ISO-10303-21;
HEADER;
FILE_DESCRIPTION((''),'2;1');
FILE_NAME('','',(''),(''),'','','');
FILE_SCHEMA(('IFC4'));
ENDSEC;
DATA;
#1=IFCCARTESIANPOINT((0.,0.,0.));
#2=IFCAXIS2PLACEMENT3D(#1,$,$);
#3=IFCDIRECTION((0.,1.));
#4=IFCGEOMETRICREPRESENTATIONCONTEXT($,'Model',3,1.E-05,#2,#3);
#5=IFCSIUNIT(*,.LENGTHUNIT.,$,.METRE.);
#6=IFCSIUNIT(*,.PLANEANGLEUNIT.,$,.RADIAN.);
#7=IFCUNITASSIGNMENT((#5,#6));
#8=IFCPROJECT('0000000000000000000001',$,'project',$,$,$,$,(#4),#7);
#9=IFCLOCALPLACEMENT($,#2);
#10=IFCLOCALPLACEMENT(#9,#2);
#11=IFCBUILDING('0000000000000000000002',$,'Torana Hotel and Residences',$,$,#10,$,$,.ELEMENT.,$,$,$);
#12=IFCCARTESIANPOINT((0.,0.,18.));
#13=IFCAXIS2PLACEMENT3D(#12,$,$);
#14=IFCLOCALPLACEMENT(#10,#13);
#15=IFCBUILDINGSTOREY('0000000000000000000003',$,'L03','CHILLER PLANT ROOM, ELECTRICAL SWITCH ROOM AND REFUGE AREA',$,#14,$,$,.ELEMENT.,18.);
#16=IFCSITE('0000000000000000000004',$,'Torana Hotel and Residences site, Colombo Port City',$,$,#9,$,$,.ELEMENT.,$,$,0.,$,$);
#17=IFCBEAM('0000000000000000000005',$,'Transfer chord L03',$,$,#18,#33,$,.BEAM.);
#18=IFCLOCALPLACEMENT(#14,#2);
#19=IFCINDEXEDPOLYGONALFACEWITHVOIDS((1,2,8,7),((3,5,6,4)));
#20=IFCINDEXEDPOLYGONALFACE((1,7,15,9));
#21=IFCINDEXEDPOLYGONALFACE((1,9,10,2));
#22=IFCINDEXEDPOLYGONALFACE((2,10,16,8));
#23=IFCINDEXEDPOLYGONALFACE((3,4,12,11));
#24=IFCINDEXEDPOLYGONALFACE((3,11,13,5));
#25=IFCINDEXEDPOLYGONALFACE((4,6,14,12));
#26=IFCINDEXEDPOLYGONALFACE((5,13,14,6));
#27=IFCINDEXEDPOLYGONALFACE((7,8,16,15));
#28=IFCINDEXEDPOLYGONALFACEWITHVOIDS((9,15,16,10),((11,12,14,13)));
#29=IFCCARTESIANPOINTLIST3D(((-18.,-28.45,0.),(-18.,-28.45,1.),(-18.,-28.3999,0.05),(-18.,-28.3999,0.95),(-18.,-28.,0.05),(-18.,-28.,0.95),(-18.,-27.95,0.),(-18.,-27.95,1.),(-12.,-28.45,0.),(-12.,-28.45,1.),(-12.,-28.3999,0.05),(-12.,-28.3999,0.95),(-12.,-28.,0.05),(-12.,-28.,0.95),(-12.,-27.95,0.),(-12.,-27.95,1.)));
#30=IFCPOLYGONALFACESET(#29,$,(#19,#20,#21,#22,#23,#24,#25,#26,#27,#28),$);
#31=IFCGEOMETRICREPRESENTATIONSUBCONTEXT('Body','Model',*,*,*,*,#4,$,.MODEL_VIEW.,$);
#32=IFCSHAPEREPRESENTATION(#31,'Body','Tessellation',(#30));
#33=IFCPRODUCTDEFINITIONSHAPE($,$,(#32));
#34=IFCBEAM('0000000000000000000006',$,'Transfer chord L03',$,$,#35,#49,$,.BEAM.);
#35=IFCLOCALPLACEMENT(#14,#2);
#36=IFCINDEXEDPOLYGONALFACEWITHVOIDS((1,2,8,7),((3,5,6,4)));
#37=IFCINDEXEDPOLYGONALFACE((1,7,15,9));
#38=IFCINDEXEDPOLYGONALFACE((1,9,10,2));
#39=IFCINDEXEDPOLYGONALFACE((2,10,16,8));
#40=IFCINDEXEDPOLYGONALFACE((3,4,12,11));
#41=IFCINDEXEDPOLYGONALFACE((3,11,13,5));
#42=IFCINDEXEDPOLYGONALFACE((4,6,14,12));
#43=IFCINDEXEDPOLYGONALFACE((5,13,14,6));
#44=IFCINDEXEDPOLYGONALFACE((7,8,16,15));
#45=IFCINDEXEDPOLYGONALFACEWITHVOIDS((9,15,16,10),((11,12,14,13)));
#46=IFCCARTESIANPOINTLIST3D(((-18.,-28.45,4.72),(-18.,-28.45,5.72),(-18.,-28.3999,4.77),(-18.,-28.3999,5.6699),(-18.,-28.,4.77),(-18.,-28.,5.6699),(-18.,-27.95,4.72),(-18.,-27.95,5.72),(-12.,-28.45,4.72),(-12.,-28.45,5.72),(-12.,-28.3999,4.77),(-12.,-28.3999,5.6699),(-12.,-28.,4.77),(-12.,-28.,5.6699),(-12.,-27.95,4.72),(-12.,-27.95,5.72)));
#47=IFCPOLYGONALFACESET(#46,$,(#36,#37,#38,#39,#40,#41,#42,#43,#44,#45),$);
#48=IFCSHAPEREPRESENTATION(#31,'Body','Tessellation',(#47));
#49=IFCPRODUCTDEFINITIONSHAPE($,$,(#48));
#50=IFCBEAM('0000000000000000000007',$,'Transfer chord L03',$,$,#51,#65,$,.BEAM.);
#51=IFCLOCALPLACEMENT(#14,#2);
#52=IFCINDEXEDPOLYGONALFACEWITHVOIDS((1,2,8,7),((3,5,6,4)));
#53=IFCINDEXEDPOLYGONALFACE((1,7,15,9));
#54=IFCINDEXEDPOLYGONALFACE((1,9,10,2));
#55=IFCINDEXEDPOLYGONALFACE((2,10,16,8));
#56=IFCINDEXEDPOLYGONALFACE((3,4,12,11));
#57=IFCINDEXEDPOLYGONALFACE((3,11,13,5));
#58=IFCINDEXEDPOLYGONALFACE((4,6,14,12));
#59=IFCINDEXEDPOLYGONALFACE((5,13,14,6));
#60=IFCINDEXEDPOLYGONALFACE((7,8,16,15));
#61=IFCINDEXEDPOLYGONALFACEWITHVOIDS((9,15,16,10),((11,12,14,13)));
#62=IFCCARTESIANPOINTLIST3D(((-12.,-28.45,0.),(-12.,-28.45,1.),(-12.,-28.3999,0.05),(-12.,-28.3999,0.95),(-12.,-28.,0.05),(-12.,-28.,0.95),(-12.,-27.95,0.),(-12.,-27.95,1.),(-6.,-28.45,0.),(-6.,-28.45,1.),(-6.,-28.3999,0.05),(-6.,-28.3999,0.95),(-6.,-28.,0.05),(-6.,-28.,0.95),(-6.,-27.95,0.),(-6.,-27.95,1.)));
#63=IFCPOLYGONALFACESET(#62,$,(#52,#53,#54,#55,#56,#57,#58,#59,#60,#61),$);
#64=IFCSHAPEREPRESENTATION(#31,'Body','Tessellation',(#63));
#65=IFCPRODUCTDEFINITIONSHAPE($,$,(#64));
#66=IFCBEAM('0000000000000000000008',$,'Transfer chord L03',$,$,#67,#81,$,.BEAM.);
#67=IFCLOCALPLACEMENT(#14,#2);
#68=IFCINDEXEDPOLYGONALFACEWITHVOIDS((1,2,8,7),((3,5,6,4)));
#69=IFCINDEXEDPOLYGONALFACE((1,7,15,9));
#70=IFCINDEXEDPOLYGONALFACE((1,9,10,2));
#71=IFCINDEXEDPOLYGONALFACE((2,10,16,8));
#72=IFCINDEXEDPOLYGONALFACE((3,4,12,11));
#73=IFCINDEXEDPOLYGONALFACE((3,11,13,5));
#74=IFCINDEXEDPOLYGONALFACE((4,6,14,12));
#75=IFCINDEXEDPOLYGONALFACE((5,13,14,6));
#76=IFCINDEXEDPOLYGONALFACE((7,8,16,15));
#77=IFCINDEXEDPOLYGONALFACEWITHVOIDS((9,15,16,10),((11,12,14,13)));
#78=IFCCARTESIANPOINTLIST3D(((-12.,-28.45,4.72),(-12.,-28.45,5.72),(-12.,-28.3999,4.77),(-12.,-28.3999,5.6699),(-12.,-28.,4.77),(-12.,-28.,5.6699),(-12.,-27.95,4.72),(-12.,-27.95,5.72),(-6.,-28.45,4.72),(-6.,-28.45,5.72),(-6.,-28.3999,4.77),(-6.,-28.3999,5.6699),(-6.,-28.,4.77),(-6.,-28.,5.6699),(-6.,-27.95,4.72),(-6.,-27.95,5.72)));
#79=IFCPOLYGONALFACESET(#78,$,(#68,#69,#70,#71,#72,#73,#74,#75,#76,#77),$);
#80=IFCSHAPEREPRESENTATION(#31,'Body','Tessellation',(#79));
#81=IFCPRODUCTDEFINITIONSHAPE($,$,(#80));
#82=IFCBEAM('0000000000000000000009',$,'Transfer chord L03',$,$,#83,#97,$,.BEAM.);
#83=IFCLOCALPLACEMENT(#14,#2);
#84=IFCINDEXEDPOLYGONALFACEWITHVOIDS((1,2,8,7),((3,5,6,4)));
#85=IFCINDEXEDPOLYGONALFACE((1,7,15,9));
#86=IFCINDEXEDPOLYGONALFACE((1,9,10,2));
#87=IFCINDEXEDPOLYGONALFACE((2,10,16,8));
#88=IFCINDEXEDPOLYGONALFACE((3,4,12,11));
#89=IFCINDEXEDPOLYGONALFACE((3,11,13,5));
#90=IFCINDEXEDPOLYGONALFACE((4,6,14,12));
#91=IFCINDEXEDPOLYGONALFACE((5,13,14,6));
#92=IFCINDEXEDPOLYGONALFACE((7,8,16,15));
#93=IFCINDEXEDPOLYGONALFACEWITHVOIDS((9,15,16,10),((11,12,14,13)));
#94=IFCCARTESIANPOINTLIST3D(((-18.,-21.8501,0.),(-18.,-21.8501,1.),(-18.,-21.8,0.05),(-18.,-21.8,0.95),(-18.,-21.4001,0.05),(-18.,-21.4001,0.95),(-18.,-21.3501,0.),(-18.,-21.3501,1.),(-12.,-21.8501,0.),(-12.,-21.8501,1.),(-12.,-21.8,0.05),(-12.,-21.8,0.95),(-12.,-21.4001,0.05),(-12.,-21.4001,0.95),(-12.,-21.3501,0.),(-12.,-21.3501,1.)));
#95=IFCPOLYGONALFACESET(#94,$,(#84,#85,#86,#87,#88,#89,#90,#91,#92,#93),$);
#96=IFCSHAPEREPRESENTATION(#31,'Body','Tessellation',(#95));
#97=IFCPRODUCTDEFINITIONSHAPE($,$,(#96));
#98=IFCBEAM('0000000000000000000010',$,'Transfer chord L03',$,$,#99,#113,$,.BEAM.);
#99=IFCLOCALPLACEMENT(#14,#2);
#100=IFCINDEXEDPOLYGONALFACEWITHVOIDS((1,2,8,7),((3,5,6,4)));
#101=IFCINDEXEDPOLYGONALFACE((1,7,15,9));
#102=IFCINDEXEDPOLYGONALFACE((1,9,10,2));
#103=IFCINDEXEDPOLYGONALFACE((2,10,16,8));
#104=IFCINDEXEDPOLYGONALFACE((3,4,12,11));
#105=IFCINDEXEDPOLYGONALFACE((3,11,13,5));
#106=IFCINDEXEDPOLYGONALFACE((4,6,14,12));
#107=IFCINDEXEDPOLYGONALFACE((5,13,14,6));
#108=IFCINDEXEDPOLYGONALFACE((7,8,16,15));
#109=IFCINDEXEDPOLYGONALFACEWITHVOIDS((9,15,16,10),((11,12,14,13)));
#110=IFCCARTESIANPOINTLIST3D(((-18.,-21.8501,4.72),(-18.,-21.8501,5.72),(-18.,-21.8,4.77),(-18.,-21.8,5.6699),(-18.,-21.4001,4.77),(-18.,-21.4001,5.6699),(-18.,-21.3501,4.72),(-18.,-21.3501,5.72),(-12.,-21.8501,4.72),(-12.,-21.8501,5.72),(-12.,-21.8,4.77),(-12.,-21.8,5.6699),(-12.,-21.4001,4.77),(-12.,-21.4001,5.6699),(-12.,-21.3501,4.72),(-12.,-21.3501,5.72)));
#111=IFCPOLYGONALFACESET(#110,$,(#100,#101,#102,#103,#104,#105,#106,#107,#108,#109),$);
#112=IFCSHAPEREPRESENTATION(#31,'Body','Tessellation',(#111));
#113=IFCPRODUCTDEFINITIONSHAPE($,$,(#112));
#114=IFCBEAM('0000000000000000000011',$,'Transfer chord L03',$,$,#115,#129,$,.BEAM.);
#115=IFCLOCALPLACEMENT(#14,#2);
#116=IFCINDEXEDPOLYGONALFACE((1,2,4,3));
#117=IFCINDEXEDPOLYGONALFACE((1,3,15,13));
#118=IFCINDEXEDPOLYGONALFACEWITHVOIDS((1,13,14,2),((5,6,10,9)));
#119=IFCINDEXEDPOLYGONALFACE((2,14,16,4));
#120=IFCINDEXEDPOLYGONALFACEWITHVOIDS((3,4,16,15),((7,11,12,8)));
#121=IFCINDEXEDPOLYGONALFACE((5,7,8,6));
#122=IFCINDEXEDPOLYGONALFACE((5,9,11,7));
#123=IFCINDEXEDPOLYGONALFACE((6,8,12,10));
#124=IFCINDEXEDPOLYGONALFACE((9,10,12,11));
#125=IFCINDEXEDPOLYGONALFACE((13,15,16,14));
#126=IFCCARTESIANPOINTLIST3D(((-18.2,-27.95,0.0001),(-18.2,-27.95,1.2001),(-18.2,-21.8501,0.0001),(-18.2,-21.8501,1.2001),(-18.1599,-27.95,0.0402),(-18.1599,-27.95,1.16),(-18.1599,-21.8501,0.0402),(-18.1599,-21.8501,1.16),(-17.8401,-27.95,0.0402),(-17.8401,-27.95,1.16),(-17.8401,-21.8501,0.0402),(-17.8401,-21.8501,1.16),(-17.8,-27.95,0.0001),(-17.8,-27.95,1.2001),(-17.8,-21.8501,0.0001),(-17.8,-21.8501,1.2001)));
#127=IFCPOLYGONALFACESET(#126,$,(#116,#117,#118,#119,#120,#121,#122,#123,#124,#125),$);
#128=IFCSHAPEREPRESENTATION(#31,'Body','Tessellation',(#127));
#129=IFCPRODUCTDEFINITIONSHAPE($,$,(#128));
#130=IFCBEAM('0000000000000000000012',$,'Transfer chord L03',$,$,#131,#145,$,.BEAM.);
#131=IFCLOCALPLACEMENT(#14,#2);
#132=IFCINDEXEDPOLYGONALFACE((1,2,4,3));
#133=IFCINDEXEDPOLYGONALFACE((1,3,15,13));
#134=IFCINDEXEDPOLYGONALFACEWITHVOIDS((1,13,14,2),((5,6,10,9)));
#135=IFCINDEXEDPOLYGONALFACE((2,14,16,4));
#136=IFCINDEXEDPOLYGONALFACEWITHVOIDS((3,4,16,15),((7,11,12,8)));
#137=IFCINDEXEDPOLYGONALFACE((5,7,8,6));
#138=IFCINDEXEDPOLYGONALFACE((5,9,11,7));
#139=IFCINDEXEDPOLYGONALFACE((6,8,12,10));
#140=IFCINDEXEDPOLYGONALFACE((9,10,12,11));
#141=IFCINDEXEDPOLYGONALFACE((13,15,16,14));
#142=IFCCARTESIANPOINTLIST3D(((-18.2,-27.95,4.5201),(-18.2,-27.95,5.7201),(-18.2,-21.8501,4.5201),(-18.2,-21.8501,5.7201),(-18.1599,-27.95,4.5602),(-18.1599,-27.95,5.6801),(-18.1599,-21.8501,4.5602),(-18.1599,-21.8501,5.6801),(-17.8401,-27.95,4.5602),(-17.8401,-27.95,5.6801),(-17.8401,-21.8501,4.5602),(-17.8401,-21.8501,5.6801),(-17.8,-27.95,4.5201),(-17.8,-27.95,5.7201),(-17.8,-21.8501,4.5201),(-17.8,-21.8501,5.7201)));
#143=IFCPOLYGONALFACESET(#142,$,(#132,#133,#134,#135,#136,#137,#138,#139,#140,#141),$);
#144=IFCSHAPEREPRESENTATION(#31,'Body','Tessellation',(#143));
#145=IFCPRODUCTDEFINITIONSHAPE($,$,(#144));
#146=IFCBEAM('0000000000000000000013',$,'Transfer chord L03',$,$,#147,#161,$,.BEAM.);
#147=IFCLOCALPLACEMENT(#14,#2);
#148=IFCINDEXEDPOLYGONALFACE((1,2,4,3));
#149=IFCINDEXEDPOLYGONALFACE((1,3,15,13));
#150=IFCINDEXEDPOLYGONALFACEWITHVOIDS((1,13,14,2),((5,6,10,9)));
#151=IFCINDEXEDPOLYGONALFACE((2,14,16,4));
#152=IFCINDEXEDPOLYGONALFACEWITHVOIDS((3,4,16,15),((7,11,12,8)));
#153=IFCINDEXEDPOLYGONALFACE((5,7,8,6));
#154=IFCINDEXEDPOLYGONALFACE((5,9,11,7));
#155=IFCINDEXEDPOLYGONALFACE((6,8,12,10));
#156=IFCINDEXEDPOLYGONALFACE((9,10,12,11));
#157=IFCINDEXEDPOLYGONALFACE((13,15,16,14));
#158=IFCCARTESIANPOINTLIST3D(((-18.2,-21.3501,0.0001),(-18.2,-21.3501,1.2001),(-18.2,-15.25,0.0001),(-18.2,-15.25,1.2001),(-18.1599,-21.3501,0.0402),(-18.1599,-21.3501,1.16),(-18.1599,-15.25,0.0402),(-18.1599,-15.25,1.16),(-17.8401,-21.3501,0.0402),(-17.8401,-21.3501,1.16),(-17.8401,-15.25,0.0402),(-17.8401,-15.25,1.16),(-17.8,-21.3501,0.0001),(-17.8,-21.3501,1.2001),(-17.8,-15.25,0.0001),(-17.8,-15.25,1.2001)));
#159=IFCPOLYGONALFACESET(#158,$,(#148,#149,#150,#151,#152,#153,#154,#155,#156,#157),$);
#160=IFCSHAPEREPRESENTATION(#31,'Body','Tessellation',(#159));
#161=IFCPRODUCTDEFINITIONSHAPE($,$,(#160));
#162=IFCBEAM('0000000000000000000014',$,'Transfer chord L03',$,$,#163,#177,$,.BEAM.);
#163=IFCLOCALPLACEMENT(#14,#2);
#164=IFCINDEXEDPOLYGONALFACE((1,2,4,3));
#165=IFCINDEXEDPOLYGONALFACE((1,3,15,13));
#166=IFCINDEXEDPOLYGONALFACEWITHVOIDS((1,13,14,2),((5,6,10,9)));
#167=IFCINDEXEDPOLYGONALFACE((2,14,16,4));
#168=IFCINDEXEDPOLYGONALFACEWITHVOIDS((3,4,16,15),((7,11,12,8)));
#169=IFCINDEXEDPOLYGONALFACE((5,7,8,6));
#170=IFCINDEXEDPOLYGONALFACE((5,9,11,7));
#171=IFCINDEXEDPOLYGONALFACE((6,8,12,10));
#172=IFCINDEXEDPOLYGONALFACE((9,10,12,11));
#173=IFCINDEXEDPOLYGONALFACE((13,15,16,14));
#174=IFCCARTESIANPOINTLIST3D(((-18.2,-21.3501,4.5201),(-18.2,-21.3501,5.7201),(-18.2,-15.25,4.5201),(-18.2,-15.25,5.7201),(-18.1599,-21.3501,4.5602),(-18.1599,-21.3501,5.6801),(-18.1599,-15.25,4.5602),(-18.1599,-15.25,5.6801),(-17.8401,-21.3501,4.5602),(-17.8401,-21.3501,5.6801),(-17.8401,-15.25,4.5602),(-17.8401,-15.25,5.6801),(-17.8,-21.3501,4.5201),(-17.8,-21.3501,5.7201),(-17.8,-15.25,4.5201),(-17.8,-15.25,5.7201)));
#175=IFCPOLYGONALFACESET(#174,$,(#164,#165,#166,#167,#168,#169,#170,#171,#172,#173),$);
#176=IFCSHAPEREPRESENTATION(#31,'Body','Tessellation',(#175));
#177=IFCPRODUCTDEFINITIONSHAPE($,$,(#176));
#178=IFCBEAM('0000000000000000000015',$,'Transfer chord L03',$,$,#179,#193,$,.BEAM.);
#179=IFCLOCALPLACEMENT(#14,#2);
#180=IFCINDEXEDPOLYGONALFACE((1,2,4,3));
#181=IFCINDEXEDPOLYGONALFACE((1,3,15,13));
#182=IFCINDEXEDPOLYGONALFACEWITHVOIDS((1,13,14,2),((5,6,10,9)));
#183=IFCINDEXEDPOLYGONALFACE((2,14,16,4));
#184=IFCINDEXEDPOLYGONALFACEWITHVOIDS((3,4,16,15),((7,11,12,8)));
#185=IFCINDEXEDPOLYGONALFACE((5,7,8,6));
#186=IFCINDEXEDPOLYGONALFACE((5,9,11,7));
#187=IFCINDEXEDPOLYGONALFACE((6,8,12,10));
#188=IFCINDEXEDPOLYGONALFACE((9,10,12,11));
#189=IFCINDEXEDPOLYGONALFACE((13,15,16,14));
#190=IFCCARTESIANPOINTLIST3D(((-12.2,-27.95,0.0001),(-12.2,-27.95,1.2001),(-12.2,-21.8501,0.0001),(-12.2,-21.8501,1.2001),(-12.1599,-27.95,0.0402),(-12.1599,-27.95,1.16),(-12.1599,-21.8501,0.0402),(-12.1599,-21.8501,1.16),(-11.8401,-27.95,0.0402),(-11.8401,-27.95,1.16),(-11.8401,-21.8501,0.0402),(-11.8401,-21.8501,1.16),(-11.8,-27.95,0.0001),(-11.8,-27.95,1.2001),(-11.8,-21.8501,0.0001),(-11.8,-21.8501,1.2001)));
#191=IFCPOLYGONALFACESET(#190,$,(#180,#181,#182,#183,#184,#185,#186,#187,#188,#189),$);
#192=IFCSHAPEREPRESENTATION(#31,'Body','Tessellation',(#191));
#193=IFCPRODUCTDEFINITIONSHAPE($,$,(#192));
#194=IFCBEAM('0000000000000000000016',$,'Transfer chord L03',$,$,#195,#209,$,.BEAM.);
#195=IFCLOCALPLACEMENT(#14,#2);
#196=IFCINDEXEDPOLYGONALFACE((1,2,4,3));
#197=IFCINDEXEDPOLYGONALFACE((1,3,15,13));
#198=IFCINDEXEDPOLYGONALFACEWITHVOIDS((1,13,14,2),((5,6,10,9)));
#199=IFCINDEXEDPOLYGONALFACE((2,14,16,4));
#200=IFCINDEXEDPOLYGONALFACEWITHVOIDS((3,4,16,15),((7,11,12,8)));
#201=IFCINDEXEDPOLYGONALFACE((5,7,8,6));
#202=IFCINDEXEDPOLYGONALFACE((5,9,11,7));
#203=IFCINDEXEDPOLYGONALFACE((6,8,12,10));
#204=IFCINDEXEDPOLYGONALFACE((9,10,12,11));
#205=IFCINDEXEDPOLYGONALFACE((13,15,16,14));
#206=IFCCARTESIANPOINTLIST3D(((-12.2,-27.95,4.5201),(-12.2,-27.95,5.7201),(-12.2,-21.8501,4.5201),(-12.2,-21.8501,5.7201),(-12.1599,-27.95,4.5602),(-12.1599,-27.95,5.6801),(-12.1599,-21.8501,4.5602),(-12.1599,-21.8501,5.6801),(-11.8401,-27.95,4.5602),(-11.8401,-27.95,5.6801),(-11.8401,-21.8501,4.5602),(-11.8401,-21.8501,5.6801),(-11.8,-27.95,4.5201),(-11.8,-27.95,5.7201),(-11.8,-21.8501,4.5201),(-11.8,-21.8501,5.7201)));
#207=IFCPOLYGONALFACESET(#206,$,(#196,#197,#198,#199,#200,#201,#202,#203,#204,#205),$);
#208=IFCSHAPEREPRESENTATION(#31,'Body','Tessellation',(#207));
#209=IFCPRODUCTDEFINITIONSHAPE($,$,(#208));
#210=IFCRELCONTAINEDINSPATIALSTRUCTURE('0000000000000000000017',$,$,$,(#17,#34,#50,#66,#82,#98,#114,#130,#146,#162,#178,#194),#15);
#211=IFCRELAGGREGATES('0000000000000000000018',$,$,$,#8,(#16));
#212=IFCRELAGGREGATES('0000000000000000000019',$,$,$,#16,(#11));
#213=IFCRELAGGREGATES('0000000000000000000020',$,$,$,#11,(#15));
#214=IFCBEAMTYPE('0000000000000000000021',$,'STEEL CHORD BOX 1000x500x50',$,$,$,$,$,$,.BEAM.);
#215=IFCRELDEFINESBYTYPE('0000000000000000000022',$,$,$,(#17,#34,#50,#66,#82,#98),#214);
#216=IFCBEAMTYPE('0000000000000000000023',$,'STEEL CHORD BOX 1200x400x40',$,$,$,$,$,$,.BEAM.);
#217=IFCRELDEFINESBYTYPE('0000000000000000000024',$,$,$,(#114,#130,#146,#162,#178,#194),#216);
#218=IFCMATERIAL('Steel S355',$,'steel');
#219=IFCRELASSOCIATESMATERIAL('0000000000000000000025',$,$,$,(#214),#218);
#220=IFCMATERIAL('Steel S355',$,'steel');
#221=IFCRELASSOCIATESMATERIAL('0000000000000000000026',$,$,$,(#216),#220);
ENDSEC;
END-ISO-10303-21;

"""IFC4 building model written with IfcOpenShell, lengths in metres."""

from ifc_helpers import new_model, si_unit, direction, frame, origin, origin_2d, place, context, subcontext, project, spatial, hollow_rectangle, extrude, material, material_profile, profile_set, type_object, element, save


model = new_model("IFC4")

# Units and contexts
model_context = context("Model", 3, precision=1e-05, world=origin(), true_north=direction((0.0, 1.0)))
body_context = subcontext(model_context, "Body", "Model", "MODEL_VIEW")
ifc_project = project(units=[si_unit("LENGTHUNIT", "METRE"), si_unit("PLANEANGLEUNIT", "RADIAN")], contexts=[model_context])

# Site, building, storey
site_placement = place(None, origin())
site = spatial("IfcSite", under=ifc_project, at=site_placement, Name="Torana Hotel and Residences site, Colombo Port City", CompositionType="ELEMENT", RefElevation=0.0)
building_placement = place(site_placement, origin())
building = spatial("IfcBuilding", under=site, at=building_placement, Name="Torana Hotel and Residences", CompositionType="ELEMENT")
storey_placement = place(building_placement, frame((0.0, 0.0, 18.0)))
storey = spatial("IfcBuildingStorey", under=building, at=storey_placement, Name="L03", Description="CHILLER PLANT ROOM, ELECTRICAL SWITCH ROOM AND REFUGE AREA", CompositionType="ELEMENT", Elevation=18.0)

# Beams
ifc_material_1 = material(Name="Steel S355", Category="steel")
ifc_material_profile_1 = material_profile(ifc_material_1, hollow_rectangle(XDim=0.5, YDim=1.0, WallThickness=0.05, at=origin_2d()), Name="BOX 1000x500x50")
ifc_profile_set_1 = profile_set([ifc_material_profile_1], Name="Steel S355")
beam_type_1 = type_object("IfcBeamType", Name="STEEL CHORD BOX 1000x500x50", PredefinedType="BEAM", material=ifc_profile_set_1)
for number, where, z_axis, x_axis, name in (
    (1, (-18.0, -28.2, 0.5), (1.0, 0.0, 0.0), (0.0, 1.0, 0.0), "Transfer chord L03"),
    (2, (-18.0, -28.2, 5.22), (1.0, 0.0, 0.0), (0.0, 1.0, 0.0), "Transfer chord L03"),
    (3, (-12.0, -28.2, 0.5), (1.0, 0.0, 0.0), (0.0, 1.0, 0.0), "Transfer chord L03"),
    (4, (-12.0, -28.2, 5.22), (1.0, 0.0, 0.0), (0.0, 1.0, 0.0), "Transfer chord L03"),
    (5, (-18.0, -21.6001, 0.5), (1.0, 0.0, 0.0), (0.0, 1.0, 0.0), "Transfer chord L03"),
    (6, (-18.0, -21.6001, 5.22), (1.0, 0.0, 0.0), (0.0, 1.0, 0.0), "Transfer chord L03"),
):
    element("IfcBeam", number, at=place(storey_placement, frame(where, z_axis=z_axis, x_axis=x_axis)), inside=storey, type_object=beam_type_1, Name=name, PredefinedType="BEAM", context=body_context, shape_type="SweptSolid", body=[
        extrude(hollow_rectangle(XDim=0.5, YDim=1.0, WallThickness=0.05, at=origin_2d()), origin(), (0.0, 0.0, 1.0), 6.0),
    ])
ifc_material_2 = material(Name="Steel S355", Category="steel")
ifc_material_profile_2 = material_profile(ifc_material_2, hollow_rectangle(XDim=0.3999, YDim=1.2, WallThickness=0.04, at=origin_2d()), Name="BOX 1200x400x40")
ifc_profile_set_2 = profile_set([ifc_material_profile_2], Name="Steel S355")
beam_type_2 = type_object("IfcBeamType", Name="STEEL CHORD BOX 1200x400x40", PredefinedType="BEAM", material=ifc_profile_set_2)
for number, where, z_axis, x_axis, name in (
    (7, (-18.0, -27.95, 0.6001), (0.0, 1.0, 0.0), (-1.0, 0.0, 0.0), "Transfer chord L03"),
    (8, (-18.0, -27.95, 5.1201), (0.0, 1.0, 0.0), (-1.0, 0.0, 0.0), "Transfer chord L03"),
):
    element("IfcBeam", number, at=place(storey_placement, frame(where, z_axis=z_axis, x_axis=x_axis)), inside=storey, type_object=beam_type_2, Name=name, PredefinedType="BEAM", context=body_context, shape_type="SweptSolid", body=[
        extrude(hollow_rectangle(XDim=0.3999, YDim=1.2, WallThickness=0.04, at=origin_2d()), origin(), (0.0, 0.0, 1.0), 6.0999),
    ])
for number, where, z_axis, x_axis, name in (
    (9, (-18.0, -21.3501, 0.6001), (0.0, 1.0, 0.0), (-1.0, 0.0, 0.0), "Transfer chord L03"),
    (10, (-18.0, -21.3501, 5.1201), (0.0, 1.0, 0.0), (-1.0, 0.0, 0.0), "Transfer chord L03"),
):
    element("IfcBeam", number, at=place(storey_placement, frame(where, z_axis=z_axis, x_axis=x_axis)), inside=storey, type_object=beam_type_2, Name=name, PredefinedType="BEAM", context=body_context, shape_type="SweptSolid", body=[
        extrude(hollow_rectangle(XDim=0.3999, YDim=1.2, WallThickness=0.04, at=origin_2d()), origin(), (0.0, 0.0, 1.0), 6.1001),
    ])
for number, where, z_axis, x_axis, name in (
    (11, (-12.0, -27.95, 0.6001), (0.0, 1.0, 0.0), (-1.0, 0.0, 0.0), "Transfer chord L03"),
    (12, (-12.0, -27.95, 5.1201), (0.0, 1.0, 0.0), (-1.0, 0.0, 0.0), "Transfer chord L03"),
):
    element("IfcBeam", number, at=place(storey_placement, frame(where, z_axis=z_axis, x_axis=x_axis)), inside=storey, type_object=beam_type_2, Name=name, PredefinedType="BEAM", context=body_context, shape_type="SweptSolid", body=[
        extrude(hollow_rectangle(XDim=0.3999, YDim=1.2, WallThickness=0.04, at=origin_2d()), origin(), (0.0, 0.0, 1.0), 6.0999),
    ])

save(model, "model.ifc")
